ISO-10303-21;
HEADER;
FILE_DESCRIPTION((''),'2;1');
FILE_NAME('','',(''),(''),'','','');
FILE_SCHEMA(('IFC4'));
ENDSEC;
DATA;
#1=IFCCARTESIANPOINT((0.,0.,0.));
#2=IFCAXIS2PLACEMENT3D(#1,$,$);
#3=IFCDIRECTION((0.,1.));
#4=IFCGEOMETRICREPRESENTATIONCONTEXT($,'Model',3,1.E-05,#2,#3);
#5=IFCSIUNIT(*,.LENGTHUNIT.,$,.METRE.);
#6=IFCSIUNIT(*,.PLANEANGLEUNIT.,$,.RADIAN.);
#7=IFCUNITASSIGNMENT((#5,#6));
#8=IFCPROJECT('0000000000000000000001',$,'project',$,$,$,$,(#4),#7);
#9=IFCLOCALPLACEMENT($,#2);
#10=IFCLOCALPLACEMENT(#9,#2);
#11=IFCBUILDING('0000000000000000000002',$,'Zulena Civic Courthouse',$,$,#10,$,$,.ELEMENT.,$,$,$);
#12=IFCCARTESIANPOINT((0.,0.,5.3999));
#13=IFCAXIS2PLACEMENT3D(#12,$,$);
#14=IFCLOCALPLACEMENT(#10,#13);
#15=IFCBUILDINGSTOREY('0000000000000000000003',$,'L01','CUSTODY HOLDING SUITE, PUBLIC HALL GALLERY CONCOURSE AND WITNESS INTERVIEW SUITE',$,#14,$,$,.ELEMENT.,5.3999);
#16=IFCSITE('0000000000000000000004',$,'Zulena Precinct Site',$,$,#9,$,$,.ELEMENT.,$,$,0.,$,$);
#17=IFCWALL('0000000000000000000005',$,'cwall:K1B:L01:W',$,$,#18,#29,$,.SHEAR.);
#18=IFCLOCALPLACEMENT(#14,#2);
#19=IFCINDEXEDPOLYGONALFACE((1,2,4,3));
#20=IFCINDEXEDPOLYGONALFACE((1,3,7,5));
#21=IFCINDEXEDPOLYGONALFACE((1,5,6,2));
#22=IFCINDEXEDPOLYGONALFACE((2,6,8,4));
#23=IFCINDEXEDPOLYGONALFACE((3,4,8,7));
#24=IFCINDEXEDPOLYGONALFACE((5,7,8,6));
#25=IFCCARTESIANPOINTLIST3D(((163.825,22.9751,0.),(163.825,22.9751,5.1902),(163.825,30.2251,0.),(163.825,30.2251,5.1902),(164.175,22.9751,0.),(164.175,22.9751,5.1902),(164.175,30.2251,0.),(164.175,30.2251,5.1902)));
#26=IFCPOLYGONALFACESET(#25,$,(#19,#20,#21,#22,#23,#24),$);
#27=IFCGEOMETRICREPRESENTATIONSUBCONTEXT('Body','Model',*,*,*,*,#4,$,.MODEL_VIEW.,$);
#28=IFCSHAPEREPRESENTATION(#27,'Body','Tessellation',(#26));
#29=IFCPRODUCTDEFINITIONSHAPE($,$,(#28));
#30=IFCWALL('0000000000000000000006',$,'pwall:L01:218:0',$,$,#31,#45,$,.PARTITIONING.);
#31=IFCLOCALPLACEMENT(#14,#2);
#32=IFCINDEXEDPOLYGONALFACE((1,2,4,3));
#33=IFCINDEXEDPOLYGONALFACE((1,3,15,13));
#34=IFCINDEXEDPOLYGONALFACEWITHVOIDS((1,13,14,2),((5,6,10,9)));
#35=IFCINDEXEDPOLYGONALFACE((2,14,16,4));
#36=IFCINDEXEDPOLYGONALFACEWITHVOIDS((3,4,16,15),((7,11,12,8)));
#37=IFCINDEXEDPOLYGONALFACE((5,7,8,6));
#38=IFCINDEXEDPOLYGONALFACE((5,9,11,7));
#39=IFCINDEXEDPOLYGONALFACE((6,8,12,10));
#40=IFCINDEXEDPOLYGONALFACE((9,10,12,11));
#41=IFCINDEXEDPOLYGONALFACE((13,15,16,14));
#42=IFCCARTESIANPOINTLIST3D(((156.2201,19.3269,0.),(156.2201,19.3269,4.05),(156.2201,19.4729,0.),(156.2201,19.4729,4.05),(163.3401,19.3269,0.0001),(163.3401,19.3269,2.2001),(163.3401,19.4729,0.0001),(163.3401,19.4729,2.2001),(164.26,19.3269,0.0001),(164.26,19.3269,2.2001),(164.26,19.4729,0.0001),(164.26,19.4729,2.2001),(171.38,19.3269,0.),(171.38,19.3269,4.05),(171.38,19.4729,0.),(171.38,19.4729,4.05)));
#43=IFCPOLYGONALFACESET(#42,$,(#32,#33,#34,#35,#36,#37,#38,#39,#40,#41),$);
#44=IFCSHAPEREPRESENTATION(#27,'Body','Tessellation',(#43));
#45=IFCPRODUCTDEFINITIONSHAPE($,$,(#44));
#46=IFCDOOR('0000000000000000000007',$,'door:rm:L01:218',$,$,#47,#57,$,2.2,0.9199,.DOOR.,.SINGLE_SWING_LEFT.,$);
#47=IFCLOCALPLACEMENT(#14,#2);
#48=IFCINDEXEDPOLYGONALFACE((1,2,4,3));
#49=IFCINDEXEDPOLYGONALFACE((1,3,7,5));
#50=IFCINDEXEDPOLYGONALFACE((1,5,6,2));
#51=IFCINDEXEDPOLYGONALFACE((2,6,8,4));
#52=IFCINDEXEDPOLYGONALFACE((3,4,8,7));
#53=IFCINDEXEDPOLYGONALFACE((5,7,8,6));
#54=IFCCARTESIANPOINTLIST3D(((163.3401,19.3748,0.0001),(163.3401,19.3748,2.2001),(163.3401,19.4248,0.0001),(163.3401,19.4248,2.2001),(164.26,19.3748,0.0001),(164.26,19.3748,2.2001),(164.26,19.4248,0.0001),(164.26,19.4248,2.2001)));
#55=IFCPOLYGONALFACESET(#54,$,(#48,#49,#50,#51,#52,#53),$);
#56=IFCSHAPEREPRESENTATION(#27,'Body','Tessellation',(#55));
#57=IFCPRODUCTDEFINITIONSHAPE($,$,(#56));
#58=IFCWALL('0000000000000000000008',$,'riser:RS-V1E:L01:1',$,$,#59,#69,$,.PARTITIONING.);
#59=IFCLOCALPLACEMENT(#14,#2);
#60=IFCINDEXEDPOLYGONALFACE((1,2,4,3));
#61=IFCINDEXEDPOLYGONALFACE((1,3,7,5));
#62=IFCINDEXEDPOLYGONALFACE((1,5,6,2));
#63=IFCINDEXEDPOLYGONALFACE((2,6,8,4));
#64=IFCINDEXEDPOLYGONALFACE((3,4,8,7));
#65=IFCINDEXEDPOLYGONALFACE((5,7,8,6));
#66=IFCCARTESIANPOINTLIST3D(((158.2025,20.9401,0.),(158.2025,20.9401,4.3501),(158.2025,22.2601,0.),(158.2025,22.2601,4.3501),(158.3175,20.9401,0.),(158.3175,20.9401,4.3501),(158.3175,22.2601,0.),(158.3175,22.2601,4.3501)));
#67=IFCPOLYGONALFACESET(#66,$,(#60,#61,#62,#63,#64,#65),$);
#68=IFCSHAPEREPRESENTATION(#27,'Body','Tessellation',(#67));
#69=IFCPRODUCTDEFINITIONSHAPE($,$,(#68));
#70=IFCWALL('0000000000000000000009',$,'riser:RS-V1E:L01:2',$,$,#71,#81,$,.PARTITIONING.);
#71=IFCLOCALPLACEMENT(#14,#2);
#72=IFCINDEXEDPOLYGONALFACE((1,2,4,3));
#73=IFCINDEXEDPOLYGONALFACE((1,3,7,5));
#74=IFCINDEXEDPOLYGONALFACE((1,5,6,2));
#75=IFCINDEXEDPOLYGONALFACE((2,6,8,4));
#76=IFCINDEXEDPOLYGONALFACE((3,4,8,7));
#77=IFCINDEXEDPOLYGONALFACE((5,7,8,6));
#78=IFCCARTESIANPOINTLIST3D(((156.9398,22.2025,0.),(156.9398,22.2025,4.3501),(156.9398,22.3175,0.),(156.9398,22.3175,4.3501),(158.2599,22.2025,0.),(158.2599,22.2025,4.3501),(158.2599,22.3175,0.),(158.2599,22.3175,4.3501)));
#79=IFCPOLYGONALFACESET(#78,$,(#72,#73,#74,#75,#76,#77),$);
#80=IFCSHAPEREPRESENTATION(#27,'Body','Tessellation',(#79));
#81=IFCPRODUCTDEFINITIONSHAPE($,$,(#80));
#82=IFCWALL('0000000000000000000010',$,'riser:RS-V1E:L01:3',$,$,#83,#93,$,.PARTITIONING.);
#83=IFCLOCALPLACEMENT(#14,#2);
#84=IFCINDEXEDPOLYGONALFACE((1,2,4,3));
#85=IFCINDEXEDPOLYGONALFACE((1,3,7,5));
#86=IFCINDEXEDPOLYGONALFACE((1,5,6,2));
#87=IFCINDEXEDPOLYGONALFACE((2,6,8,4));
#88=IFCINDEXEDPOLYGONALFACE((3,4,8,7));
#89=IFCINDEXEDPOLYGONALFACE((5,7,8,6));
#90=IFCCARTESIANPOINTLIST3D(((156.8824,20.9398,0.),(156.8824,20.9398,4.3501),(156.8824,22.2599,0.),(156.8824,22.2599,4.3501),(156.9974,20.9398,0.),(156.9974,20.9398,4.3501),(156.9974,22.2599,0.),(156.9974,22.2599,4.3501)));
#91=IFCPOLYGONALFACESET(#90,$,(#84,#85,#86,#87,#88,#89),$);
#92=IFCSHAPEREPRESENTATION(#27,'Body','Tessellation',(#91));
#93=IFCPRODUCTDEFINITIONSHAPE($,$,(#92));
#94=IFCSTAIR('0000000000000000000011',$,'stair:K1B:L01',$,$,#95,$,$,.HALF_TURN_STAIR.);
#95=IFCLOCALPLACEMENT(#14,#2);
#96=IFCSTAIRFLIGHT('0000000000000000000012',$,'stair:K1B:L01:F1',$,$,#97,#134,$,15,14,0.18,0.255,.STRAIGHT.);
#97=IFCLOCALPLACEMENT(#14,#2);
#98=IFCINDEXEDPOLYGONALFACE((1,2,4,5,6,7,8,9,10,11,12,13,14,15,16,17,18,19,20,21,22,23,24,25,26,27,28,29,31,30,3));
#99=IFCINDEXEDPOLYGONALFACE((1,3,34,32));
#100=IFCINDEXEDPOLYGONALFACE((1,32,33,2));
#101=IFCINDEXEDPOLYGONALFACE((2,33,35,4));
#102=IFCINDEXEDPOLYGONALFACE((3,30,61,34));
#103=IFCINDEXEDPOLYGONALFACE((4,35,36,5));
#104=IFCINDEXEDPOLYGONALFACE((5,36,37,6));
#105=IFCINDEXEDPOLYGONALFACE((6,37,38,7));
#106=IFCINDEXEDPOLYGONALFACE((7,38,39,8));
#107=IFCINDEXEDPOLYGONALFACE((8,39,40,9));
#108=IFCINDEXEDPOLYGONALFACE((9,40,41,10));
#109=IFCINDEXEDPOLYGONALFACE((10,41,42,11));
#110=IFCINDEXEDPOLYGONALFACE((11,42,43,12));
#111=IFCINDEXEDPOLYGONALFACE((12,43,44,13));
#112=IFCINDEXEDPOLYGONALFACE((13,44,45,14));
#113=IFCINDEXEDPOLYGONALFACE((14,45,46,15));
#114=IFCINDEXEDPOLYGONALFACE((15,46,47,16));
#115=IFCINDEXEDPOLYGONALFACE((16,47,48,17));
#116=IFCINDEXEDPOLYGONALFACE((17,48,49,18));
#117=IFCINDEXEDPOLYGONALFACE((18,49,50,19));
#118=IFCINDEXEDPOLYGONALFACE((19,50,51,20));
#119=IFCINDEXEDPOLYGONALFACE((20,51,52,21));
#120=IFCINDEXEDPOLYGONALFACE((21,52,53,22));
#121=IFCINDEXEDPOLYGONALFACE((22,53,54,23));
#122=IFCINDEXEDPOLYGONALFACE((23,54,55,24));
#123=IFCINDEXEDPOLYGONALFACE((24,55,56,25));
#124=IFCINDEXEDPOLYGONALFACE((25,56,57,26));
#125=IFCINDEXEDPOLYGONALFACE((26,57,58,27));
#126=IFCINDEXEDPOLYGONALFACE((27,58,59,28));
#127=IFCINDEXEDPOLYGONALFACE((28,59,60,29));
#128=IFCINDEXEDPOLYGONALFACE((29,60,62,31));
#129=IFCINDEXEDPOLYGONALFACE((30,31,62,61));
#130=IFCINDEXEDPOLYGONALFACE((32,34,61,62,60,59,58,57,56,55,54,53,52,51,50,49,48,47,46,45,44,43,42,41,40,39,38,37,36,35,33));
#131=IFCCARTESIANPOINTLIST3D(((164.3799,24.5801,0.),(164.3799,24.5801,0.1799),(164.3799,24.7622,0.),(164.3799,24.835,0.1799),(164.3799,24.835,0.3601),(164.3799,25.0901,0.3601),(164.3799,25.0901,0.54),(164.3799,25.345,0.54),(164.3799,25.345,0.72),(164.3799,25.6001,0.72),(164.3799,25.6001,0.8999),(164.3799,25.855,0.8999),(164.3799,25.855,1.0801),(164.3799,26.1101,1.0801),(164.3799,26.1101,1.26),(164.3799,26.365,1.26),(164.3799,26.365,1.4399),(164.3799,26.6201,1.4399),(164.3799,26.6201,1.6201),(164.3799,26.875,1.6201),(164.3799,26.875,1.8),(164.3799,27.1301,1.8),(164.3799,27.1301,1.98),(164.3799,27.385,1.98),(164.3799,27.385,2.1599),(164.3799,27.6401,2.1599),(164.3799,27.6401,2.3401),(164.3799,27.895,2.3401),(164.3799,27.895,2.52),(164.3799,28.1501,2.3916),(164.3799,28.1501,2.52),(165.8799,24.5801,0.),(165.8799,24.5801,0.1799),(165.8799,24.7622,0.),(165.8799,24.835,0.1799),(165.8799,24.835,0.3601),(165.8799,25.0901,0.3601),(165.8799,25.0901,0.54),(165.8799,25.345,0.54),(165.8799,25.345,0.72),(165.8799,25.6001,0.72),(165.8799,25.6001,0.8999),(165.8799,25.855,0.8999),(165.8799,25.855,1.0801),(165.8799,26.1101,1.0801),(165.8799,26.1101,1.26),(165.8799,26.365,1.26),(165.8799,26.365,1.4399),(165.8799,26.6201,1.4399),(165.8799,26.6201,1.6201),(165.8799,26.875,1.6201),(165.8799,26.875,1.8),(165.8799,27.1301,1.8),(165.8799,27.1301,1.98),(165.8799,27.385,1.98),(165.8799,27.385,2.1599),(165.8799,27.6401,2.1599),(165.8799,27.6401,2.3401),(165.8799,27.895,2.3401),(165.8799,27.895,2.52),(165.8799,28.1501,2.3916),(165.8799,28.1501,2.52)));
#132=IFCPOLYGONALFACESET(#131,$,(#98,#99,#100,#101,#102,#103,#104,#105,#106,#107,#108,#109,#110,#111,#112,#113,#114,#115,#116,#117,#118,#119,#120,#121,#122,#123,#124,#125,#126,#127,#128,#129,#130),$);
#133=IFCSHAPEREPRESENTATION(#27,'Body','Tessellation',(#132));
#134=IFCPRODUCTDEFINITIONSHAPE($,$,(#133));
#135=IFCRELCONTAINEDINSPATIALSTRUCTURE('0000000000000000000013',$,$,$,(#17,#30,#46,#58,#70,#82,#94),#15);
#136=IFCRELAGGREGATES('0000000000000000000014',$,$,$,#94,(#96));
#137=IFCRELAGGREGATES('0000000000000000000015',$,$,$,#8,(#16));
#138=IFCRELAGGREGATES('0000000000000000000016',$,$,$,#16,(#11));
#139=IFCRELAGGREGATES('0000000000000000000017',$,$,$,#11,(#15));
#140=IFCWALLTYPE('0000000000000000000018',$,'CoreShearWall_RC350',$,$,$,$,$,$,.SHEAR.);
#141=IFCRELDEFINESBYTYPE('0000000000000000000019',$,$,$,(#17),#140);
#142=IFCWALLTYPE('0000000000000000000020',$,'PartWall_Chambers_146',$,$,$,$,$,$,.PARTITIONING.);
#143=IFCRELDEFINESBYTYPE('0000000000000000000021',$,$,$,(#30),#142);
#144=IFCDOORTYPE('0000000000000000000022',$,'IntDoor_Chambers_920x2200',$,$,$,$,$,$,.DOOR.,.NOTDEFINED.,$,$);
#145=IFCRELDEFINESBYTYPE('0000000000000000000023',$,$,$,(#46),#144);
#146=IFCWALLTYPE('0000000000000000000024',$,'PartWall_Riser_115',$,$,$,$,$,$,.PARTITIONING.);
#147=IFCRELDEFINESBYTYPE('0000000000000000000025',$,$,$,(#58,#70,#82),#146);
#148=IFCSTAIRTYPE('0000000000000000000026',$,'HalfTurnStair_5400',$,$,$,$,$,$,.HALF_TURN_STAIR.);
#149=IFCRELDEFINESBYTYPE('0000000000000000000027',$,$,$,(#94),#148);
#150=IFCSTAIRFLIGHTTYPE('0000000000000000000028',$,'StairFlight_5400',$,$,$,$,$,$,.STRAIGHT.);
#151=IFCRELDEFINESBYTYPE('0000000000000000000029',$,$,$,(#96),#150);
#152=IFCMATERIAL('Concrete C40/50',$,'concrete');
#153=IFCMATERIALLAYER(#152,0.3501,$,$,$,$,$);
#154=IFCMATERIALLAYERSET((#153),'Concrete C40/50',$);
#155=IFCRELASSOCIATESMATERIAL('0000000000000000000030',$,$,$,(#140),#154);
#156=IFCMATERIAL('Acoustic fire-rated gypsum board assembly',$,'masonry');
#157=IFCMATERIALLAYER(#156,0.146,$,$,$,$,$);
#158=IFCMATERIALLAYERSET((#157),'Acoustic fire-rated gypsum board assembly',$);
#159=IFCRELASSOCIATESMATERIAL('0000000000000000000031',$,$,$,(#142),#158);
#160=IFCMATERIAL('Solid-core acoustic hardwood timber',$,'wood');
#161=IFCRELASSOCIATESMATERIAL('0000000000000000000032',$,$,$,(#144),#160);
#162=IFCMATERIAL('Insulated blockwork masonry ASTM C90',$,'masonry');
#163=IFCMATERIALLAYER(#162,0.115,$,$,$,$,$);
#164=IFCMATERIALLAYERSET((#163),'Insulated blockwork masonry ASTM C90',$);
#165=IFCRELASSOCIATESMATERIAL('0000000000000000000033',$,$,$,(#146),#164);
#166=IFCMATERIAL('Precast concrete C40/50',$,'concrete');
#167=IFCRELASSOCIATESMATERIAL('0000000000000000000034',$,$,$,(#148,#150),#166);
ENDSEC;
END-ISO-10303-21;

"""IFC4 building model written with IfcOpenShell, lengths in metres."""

from ifc_helpers import new_model, si_unit, direction, frame, frame_2d, origin, place, context, subcontext, project, spatial, polyline, rectangle, outline, extrude, material, layer, layer_set, type_object, element, fill, aggregate, save


model = new_model("IFC4")

# Units and contexts
model_context = context("Model", 3, precision=1e-05, world=origin(), true_north=direction((0.0, 1.0)))
body_context = subcontext(model_context, "Body", "Model", "MODEL_VIEW")
ifc_project = project(units=[si_unit("LENGTHUNIT", "METRE"), si_unit("PLANEANGLEUNIT", "RADIAN")], contexts=[model_context])

# Site, building, storey
site_placement = place(None, origin())
site = spatial("IfcSite", under=ifc_project, at=site_placement, Name="Zulena Precinct Site", CompositionType="ELEMENT", RefElevation=0.0)
building_placement = place(site_placement, origin())
building = spatial("IfcBuilding", under=site, at=building_placement, Name="Zulena Civic Courthouse", CompositionType="ELEMENT")
storey_placement = place(building_placement, frame((0.0, 0.0, 5.3999)))
storey = spatial("IfcBuildingStorey", under=building, at=storey_placement, Name="L01", Description="CUSTODY HOLDING SUITE, PUBLIC HALL GALLERY CONCOURSE AND WITNESS INTERVIEW SUITE", CompositionType="ELEMENT", Elevation=5.3999)

# Shared definitions
ifc_material_1 = material(Name="Concrete C40/50", Category="concrete")
ifc_layer_1 = layer(ifc_material_1, 0.3501)
ifc_layer_set_1 = layer_set([ifc_layer_1], Name="Concrete C40/50")
wall_type_1 = type_object("IfcWallType", Name="CoreShearWall_RC350", PredefinedType="SHEAR", material=ifc_layer_set_1)
ifc_material_2 = material(Name="Solid-core acoustic hardwood timber", Category="wood")

# Wall
wall_1_placement = place(storey_placement, frame((164.0, 22.9751, 0.0), z_axis=(0.0, 0.0, 1.0), x_axis=(0.0, 1.0, 0.0)))
element("IfcWall", 1, at=wall_1_placement, inside=storey, type_object=wall_type_1, Name="cwall:K1B:L01:W", PredefinedType="SHEAR", context=body_context, shape_type="SweptSolid", body=[
    extrude(rectangle(XDim=7.25, YDim=0.3501, at=frame_2d((3.625, 0.0))), origin(), (0.0, 0.0, 1.0), 5.1902),
])

# Wall, opening, door
ifc_material_3 = material(Name="Acoustic fire-rated gypsum board assembly", Category="masonry")
ifc_layer_2 = layer(ifc_material_3, 0.146)
ifc_layer_set_2 = layer_set([ifc_layer_2], Name="Acoustic fire-rated gypsum board assembly")
wall_type_2 = type_object("IfcWallType", Name="PartWall_Chambers_146", PredefinedType="PARTITIONING", material=ifc_layer_set_2)
wall_2_placement = place(storey_placement, frame((156.22, 19.3999, 0.0), z_axis=(0.0, 0.0, 1.0), x_axis=(1.0, 0.0, 0.0)))
wall_2 = element("IfcWall", 2, at=wall_2_placement, inside=storey, type_object=wall_type_2, Name="pwall:L01:218:0", PredefinedType="PARTITIONING", context=body_context, shape_type="SweptSolid", body=[
    extrude(rectangle(XDim=15.1599, YDim=0.146, at=frame_2d((7.5801, 0.0))), origin(), (0.0, 0.0, 1.0), 4.05),
])
opening_1_placement = place(wall_2_placement, frame((7.1201, 0.0, 0.0)))
opening_1 = element("IfcOpeningElement", 3, at=opening_1_placement, cuts=wall_2, PredefinedType="OPENING", context=body_context, shape_type="SweptSolid", body=[
    extrude(rectangle(XDim=0.9199, YDim=2.2, at=frame_2d((0.46, 1.1001))), frame((0.0, 0.083, 0.0), z_axis=(0.0, -1.0, 0.0), x_axis=(1.0, 0.0, 0.0)), (0.0, 0.0, 1.0), 0.166),
])
door_type_1 = type_object("IfcDoorType", Name="IntDoor_Chambers_920x2200", OperationType="NOTDEFINED", PredefinedType="DOOR", material=ifc_material_2)
door_1_placement = place(opening_1_placement, origin())
door_1 = element("IfcDoor", 4, at=door_1_placement, inside=storey, type_object=door_type_1, Name="door:rm:L01:218", OperationType="SINGLE_SWING_LEFT", OverallHeight=2.2, OverallWidth=0.9199, PredefinedType="DOOR", context=body_context, shape_type="SweptSolid", body=[
    extrude(rectangle(XDim=0.9199, YDim=2.2, at=frame_2d((0.46, 1.1001))), frame((0.0, 0.0249, 0.0), z_axis=(0.0, -1.0, 0.0), x_axis=(1.0, 0.0, 0.0)), (0.0, 0.0, 1.0), 0.05),
])
fill(opening_1, door_1)

# Walls
ifc_material_4 = material(Name="Insulated blockwork masonry ASTM C90", Category="masonry")
ifc_layer_3 = layer(ifc_material_4, 0.115)
ifc_layer_set_3 = layer_set([ifc_layer_3], Name="Insulated blockwork masonry ASTM C90")
wall_type_3 = type_object("IfcWallType", Name="PartWall_Riser_115", PredefinedType="PARTITIONING", material=ifc_layer_set_3)
for number, where, z_axis, x_axis, name in (
    (5, (158.26, 20.9399, 0.0), (0.0, 0.0, 1.0), (0.0, 1.0, 0.0), "riser:RS-V1E:L01:1"),
    (6, (158.26, 22.26, 0.0), (0.0, 0.0, 1.0), (-1.0, 0.0, 0.0), "riser:RS-V1E:L01:2"),
    (7, (156.9399, 22.26, 0.0), (0.0, 0.0, 1.0), (0.0, -1.0, 0.0), "riser:RS-V1E:L01:3"),
):
    element("IfcWall", number, at=place(storey_placement, frame(where, z_axis=z_axis, x_axis=x_axis)), inside=storey, type_object=wall_type_3, Name=name, PredefinedType="PARTITIONING", context=body_context, shape_type="SweptSolid", body=[
        extrude(rectangle(XDim=1.3201, YDim=0.115, at=frame_2d((0.6602, 0.0))), origin(), (0.0, 0.0, 1.0), 4.3501),
    ])

# Stair, stair flight
ifc_material_5 = material(Name="Precast concrete C40/50", Category="concrete")
stair_type = type_object("IfcStairType", Name="HalfTurnStair_5400", PredefinedType="HALF_TURN_STAIR", material=ifc_material_5)
stair_placement = place(storey_placement, origin())
stair = element("IfcStair", 8, at=stair_placement, inside=storey, type_object=stair_type, Name="stair:K1B:L01", PredefinedType="HALF_TURN_STAIR")
stair_flight_type = type_object("IfcStairFlightType", Name="StairFlight_5400", PredefinedType="STRAIGHT", material=ifc_material_5)
stair_flight_placement = place(storey_placement, frame((165.1299, 24.5801, 0.0), z_axis=(0.0, 0.0, 1.0), x_axis=(0.0, 1.0, 0.0)))
stair_flight = element("IfcStairFlight", 9, at=stair_flight_placement, type_object=stair_flight_type, Name="stair:K1B:L01:F1", NumberOfRisers=15, NumberOfTreads=14, PredefinedType="STRAIGHT", RiserHeight=0.18, TreadLength=0.255, context=body_context, shape_type="SweptSolid", body=[
    extrude(outline(polyline([(0.0, 0.0), (0.0, 0.1799), (0.2549, 0.1799), (0.2549, 0.3601), (0.51, 0.3601), (0.51, 0.54), (0.7649, 0.54), (0.7649, 0.72), (1.02, 0.72), (1.02, 0.8999), (1.2749, 0.8999), (1.2749, 1.0801), (1.53, 1.0801), (1.53, 1.26), (1.7849, 1.26), (1.7849, 1.4399), (2.04, 1.4399), (2.04, 1.6201), (2.2949, 1.6201), (2.2949, 1.8), (2.55, 1.8), (2.55, 1.98), (2.8049, 1.98), (2.8049, 2.1599), (3.0601, 2.1599), (3.0601, 2.3401), (3.3149, 2.3401), (3.3149, 2.52), (3.5701, 2.52), (3.5701, 2.7), (3.5701, 2.3916), (0.1821, 0.0), (0.0, 0.0)])), frame((0.0, 0.75, 0.0), z_axis=(0.0, -1.0, 0.0), x_axis=(1.0, 0.0, 0.0)), (0.0, 0.0, 1.0), 1.5),
])
aggregate(stair, [stair_flight])

save(model, "model.ifc")
